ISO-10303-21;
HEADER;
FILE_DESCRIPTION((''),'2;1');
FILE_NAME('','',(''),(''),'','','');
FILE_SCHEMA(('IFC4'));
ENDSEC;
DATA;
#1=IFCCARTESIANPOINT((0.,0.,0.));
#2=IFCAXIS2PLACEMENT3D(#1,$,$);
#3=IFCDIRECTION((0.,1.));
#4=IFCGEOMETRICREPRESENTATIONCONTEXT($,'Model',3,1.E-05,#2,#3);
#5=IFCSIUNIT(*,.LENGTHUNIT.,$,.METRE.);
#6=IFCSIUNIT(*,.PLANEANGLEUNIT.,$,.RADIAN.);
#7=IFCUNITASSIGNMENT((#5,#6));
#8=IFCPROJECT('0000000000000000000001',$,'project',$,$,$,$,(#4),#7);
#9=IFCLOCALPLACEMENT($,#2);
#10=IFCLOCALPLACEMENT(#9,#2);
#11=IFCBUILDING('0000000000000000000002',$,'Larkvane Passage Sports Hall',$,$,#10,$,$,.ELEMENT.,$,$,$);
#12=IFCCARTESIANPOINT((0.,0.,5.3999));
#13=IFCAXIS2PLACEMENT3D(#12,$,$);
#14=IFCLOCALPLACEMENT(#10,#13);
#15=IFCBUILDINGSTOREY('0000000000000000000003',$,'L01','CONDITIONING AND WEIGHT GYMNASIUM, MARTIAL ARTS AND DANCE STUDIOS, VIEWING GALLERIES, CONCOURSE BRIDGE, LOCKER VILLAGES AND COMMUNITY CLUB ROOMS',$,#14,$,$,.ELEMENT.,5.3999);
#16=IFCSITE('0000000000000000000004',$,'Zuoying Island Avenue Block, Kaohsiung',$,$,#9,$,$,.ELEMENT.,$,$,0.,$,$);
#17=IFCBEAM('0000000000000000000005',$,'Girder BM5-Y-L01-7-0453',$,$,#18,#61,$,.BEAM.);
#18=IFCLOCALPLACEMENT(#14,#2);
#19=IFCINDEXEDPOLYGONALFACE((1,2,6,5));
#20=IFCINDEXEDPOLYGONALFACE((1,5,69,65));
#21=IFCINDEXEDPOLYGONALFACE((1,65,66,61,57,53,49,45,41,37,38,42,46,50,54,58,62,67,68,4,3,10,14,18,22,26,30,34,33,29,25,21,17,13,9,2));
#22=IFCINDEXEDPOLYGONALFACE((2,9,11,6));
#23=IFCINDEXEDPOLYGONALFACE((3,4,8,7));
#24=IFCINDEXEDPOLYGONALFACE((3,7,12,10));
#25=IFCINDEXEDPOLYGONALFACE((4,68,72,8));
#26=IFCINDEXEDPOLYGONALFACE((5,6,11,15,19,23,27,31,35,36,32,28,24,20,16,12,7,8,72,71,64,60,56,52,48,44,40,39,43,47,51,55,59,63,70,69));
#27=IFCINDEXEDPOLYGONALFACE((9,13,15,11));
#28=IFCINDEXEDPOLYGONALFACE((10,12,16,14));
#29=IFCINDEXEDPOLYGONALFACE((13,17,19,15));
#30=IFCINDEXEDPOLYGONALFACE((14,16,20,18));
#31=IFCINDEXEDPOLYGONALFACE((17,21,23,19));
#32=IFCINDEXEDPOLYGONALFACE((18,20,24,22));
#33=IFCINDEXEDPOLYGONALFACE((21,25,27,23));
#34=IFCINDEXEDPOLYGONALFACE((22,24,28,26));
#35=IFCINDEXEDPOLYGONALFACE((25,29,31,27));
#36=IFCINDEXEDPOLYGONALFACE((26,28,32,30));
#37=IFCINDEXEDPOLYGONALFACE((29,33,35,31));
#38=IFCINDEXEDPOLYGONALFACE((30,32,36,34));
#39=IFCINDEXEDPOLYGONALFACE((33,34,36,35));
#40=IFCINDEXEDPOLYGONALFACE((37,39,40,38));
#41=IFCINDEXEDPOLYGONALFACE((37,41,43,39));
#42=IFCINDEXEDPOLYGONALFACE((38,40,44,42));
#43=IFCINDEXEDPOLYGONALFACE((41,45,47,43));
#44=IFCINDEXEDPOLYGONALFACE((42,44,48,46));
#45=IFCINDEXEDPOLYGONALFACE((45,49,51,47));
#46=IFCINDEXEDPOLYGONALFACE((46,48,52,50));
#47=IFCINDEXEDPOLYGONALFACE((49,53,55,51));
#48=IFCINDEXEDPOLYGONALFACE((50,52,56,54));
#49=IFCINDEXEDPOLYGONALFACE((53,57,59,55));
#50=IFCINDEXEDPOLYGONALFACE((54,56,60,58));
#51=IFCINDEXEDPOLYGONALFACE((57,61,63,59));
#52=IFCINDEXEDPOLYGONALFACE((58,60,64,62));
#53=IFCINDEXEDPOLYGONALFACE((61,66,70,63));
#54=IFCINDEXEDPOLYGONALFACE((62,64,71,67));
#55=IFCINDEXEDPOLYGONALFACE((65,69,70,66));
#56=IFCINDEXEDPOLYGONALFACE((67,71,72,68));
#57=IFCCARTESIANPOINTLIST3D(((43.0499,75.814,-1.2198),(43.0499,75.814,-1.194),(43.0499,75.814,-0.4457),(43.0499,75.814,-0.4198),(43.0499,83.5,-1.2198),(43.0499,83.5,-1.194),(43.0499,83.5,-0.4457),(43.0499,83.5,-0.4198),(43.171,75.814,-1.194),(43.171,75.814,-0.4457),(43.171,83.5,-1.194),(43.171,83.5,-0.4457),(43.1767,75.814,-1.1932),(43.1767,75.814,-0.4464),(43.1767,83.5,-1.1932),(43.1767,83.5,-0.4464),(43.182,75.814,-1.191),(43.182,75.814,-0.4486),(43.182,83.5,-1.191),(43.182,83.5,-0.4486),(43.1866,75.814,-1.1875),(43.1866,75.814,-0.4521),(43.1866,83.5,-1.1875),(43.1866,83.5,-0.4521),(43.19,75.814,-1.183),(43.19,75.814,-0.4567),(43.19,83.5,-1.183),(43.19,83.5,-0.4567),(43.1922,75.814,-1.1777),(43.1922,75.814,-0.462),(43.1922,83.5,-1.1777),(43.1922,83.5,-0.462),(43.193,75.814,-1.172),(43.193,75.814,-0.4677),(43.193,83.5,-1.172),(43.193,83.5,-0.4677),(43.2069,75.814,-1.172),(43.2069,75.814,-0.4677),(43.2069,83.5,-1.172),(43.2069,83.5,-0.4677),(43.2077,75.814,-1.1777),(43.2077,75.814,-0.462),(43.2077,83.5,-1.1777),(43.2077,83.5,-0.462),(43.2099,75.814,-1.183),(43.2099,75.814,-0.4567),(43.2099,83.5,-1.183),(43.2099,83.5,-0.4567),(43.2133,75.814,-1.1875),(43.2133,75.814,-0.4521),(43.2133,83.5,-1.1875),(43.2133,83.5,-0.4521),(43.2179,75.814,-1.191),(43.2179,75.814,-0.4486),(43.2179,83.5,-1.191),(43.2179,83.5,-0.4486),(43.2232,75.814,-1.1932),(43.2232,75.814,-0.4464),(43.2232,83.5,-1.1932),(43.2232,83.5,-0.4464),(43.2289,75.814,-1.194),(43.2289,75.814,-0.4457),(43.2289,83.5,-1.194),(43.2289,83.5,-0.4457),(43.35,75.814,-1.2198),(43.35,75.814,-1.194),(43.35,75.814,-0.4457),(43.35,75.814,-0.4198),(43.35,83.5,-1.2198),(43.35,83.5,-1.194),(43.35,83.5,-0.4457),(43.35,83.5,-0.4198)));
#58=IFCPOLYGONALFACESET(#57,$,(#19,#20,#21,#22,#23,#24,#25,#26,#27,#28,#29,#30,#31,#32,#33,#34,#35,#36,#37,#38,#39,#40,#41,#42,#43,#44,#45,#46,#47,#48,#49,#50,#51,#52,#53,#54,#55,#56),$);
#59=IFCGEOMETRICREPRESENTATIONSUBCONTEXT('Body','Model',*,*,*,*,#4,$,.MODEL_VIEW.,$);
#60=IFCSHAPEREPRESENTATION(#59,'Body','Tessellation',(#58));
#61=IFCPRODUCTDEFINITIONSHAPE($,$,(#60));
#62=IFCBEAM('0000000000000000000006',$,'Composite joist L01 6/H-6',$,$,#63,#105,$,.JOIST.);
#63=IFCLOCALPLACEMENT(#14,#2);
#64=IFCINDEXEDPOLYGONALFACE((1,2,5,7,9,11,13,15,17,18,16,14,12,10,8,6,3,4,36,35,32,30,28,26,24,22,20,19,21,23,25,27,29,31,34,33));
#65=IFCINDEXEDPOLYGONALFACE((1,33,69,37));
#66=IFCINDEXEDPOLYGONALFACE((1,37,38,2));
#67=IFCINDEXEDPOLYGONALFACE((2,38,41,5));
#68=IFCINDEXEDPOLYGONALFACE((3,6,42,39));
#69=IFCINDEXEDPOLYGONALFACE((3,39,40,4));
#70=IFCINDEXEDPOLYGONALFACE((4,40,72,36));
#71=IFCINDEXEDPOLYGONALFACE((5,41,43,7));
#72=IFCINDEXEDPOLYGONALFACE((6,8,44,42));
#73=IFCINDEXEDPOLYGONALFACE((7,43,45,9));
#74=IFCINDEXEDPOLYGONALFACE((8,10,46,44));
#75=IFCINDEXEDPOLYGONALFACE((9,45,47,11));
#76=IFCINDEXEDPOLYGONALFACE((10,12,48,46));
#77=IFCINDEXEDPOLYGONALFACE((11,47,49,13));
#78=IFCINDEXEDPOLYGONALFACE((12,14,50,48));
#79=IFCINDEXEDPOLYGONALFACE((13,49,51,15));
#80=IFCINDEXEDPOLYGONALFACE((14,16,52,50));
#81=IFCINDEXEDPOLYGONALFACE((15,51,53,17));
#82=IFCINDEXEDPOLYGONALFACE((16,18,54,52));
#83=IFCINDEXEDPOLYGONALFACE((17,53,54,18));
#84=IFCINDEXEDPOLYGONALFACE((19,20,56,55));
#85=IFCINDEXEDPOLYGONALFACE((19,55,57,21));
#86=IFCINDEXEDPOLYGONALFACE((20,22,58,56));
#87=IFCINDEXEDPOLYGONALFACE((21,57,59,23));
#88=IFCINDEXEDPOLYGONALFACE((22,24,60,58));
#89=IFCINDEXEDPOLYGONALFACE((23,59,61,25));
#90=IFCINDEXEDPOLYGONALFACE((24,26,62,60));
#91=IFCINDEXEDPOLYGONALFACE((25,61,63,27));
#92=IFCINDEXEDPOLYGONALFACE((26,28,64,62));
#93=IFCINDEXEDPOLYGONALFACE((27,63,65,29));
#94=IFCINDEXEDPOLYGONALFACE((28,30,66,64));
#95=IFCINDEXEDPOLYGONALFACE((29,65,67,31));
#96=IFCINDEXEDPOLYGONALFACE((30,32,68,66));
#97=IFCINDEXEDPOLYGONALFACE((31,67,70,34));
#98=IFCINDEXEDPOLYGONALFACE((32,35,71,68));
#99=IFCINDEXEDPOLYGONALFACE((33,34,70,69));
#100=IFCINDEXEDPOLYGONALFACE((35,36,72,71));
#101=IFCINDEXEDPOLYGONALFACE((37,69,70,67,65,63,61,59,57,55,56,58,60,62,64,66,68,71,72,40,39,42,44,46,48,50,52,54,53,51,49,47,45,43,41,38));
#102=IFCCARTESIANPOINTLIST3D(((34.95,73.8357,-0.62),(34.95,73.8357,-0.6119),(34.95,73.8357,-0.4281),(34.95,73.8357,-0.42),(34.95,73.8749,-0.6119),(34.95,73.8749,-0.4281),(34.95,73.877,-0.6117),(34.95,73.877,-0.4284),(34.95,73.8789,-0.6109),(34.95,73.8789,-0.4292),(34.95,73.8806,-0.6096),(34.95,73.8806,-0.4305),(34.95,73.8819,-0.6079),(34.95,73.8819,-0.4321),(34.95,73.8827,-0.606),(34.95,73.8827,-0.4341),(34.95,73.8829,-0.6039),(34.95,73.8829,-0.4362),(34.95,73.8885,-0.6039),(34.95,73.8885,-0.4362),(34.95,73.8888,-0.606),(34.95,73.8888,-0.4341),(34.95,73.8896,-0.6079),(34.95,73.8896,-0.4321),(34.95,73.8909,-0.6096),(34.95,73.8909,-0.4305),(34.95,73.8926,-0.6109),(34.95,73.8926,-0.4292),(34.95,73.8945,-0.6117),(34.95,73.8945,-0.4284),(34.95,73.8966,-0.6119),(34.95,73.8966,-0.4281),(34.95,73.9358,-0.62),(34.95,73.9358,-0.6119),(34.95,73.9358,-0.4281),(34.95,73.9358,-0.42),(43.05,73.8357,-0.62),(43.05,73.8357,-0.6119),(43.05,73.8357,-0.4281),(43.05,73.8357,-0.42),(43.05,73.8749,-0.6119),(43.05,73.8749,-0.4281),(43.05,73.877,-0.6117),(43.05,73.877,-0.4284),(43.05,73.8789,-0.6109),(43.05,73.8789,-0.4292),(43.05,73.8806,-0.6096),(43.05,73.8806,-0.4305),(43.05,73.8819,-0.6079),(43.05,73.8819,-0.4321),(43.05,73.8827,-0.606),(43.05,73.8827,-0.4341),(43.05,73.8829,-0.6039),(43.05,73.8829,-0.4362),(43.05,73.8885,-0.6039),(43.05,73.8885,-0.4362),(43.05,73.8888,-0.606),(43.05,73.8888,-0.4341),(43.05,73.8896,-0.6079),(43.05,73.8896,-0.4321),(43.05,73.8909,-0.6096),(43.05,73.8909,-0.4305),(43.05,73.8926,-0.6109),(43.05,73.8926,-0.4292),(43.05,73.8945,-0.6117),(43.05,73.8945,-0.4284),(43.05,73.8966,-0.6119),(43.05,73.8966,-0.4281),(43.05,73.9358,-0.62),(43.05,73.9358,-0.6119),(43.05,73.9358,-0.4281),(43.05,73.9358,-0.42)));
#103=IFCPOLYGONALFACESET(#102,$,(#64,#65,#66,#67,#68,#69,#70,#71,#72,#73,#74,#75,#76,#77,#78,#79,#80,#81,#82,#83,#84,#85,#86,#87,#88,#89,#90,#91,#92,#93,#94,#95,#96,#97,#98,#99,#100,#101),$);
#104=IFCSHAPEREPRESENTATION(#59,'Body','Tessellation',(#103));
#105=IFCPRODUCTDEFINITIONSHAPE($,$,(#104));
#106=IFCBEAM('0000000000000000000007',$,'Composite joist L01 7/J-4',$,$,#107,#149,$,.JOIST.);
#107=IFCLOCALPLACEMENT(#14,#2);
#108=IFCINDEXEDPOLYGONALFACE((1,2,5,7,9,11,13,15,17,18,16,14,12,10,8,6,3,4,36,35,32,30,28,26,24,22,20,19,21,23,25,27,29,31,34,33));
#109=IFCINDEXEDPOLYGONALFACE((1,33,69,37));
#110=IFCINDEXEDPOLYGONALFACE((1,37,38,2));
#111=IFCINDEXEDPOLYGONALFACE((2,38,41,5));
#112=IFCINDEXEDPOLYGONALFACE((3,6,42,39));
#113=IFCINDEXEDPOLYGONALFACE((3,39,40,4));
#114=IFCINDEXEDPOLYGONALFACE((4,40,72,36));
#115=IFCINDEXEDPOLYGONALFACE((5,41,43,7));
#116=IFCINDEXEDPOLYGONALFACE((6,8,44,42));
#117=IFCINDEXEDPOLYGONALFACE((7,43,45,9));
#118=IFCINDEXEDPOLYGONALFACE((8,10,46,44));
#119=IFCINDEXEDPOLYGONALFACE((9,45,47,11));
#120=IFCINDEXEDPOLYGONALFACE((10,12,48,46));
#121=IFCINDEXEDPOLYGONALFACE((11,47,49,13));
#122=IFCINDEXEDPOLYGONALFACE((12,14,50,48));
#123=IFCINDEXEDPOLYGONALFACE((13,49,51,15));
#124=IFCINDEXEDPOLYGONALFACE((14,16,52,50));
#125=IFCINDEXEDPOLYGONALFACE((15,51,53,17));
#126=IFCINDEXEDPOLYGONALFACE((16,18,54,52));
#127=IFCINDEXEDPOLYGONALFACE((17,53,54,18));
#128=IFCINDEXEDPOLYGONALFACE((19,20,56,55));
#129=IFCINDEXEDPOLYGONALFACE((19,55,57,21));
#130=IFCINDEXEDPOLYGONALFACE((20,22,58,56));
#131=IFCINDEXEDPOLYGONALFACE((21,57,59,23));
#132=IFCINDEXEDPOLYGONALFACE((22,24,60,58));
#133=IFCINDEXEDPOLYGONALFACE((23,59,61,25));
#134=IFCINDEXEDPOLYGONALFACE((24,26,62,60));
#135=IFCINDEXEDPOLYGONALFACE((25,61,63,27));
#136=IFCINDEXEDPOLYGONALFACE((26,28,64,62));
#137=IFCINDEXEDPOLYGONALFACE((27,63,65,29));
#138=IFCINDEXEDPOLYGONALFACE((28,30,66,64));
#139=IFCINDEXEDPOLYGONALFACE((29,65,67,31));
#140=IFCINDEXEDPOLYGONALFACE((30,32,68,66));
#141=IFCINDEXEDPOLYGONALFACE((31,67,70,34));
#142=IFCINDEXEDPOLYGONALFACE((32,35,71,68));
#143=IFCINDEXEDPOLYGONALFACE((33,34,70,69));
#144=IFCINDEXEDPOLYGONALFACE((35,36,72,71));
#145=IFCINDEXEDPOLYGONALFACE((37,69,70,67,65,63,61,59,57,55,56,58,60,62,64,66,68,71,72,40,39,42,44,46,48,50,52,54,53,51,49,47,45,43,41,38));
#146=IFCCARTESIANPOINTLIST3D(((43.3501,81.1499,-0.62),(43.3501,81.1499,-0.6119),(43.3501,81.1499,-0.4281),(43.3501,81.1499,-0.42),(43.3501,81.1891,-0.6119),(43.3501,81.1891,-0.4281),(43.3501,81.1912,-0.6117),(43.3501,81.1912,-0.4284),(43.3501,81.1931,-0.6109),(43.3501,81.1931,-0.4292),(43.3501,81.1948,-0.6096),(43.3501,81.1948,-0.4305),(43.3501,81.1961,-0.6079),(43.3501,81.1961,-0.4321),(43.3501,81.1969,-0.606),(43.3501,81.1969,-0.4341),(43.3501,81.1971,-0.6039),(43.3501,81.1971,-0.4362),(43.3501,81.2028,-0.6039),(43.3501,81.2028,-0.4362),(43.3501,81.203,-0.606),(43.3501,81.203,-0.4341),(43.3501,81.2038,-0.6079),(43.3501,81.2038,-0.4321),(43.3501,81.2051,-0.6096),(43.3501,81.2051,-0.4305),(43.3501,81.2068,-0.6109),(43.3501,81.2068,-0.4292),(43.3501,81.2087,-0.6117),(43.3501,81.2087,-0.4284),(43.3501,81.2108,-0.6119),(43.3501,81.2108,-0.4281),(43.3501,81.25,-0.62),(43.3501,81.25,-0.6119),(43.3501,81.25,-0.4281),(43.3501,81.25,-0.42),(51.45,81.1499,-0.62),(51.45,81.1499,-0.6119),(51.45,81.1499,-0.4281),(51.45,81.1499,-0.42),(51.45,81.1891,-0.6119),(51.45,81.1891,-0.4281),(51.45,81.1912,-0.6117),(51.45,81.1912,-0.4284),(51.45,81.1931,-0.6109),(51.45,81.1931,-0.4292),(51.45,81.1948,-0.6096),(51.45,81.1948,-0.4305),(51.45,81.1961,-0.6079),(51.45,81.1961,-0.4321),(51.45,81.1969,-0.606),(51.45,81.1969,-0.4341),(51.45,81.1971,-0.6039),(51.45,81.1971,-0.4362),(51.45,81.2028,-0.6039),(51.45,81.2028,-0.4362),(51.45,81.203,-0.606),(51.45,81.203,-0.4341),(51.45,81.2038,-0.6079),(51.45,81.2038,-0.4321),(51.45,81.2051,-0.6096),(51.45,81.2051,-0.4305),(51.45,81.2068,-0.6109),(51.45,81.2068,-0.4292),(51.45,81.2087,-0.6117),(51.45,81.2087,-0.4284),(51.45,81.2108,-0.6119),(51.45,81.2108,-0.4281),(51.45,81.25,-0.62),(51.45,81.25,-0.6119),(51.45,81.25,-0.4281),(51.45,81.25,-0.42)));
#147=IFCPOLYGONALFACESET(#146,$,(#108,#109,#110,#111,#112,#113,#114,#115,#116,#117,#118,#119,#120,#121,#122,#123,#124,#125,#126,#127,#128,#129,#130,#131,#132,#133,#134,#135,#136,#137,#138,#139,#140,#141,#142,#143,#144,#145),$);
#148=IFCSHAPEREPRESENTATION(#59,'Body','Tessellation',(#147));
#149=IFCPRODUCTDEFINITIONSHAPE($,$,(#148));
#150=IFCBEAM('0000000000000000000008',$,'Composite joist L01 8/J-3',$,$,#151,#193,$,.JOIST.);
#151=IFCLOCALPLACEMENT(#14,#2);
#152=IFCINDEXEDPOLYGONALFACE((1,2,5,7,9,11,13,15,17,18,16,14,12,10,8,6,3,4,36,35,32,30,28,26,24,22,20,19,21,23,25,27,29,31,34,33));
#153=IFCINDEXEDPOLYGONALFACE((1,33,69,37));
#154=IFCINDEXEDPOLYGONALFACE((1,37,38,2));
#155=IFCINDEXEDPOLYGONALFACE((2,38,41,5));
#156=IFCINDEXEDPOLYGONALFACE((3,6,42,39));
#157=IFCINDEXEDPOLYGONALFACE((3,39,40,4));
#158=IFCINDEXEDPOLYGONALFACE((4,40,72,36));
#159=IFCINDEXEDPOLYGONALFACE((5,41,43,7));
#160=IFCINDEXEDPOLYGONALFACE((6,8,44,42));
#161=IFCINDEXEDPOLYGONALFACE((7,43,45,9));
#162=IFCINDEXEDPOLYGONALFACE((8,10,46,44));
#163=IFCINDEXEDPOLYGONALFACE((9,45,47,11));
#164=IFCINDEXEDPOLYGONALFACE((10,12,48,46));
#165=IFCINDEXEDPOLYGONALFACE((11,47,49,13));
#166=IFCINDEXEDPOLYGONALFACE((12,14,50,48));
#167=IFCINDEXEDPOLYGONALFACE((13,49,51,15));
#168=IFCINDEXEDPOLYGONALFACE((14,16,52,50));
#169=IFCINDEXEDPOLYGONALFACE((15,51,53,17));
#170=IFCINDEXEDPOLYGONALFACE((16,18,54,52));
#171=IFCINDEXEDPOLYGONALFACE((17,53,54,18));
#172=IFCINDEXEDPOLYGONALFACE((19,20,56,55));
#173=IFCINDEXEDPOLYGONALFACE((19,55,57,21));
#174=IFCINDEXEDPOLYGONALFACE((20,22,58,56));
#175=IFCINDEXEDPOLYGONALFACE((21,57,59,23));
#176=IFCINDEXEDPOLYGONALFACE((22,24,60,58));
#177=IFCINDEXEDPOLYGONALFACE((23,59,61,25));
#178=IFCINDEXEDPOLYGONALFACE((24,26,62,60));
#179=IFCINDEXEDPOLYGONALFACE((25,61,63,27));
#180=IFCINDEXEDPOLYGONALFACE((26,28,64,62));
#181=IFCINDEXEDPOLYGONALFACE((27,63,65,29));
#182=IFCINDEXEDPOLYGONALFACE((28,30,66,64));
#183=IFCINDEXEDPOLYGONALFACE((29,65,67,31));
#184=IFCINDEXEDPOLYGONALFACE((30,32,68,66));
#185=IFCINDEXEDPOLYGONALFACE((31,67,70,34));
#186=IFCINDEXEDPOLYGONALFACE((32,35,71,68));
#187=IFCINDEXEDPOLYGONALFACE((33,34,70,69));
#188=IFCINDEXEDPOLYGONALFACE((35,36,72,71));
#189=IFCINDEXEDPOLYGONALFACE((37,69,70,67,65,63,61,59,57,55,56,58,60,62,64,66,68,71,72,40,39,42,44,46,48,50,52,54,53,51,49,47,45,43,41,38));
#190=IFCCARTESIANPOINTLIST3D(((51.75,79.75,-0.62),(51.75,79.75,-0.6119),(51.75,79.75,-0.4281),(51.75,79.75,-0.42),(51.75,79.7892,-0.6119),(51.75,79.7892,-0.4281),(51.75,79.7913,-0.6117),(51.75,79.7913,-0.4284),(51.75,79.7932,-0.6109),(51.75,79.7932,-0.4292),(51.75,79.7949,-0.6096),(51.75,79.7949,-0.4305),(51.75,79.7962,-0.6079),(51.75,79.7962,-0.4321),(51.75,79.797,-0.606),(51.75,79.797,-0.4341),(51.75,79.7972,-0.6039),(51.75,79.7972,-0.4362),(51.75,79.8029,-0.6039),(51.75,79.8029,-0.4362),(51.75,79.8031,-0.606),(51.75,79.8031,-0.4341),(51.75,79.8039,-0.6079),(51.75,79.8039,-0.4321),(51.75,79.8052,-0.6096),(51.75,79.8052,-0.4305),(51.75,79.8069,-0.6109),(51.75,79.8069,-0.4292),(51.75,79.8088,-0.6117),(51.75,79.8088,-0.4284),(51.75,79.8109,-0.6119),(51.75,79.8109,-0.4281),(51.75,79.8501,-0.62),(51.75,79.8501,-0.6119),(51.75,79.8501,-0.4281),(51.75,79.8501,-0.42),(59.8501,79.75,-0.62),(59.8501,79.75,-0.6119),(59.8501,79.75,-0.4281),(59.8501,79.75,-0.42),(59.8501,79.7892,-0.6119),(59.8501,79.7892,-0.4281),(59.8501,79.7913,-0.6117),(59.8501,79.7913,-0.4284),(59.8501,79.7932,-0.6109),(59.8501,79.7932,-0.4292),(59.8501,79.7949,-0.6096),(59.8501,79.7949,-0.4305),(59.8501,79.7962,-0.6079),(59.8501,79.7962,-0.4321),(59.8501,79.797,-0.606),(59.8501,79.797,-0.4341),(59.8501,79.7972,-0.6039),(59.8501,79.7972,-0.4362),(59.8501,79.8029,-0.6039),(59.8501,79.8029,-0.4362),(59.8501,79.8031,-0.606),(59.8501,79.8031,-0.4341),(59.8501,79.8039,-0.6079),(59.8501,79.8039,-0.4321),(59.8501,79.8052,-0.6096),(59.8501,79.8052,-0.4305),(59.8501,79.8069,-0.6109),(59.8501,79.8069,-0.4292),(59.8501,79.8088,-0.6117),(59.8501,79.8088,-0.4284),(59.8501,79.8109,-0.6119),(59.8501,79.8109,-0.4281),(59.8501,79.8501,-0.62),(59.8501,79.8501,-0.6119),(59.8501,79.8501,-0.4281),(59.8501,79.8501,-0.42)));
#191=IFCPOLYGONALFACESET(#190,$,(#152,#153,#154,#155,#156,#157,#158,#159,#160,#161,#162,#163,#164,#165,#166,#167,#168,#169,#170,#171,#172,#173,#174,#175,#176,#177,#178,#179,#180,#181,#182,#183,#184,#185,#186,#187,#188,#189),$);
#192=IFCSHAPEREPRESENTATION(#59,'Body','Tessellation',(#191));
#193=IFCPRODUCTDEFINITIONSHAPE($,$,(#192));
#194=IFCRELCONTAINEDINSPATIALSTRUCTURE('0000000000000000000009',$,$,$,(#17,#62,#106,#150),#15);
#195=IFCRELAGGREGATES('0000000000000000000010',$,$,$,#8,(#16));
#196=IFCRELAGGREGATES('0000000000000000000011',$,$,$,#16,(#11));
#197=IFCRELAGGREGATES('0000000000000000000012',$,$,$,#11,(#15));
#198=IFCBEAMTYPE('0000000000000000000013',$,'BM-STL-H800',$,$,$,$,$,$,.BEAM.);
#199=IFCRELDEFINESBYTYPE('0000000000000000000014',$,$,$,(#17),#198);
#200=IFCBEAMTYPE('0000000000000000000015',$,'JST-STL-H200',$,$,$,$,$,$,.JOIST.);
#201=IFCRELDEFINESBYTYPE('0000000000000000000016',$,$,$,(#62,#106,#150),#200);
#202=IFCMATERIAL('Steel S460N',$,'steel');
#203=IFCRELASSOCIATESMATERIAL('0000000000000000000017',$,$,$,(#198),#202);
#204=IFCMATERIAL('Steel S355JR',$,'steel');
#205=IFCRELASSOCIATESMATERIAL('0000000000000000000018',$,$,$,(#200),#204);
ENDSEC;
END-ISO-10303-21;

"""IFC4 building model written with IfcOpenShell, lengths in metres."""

from ifc_helpers import new_model, si_unit, direction, frame, origin, origin_2d, place, context, subcontext, project, spatial, i_section, extrude, material, material_profile, profile_set, type_object, element, save


model = new_model("IFC4")

# Units and contexts
model_context = context("Model", 3, precision=1e-05, world=origin(), true_north=direction((0.0, 1.0)))
body_context = subcontext(model_context, "Body", "Model", "MODEL_VIEW")
ifc_project = project(units=[si_unit("LENGTHUNIT", "METRE"), si_unit("PLANEANGLEUNIT", "RADIAN")], contexts=[model_context])

# Site, building, storey
site_placement = place(None, origin())
site = spatial("IfcSite", under=ifc_project, at=site_placement, Name="Zuoying Island Avenue Block, Kaohsiung", CompositionType="ELEMENT", RefElevation=0.0)
building_placement = place(site_placement, origin())
building = spatial("IfcBuilding", under=site, at=building_placement, Name="Larkvane Passage Sports Hall", CompositionType="ELEMENT")
storey_placement = place(building_placement, frame((0.0, 0.0, 5.3999)))
storey = spatial("IfcBuildingStorey", under=building, at=storey_placement, Name="L01", Description="CONDITIONING AND WEIGHT GYMNASIUM, MARTIAL ARTS AND DANCE STUDIOS, VIEWING GALLERIES, CONCOURSE BRIDGE, LOCKER VILLAGES AND COMMUNITY CLUB ROOMS", CompositionType="ELEMENT", Elevation=5.3999)

# Shared definitions
ifc_material_1 = material(Name="Steel S355JR", Category="steel")
ifc_material_2 = material(Name="Steel S460N", Category="steel")

# Beams
ifc_material_profile_1 = material_profile(ifc_material_2, i_section(OverallWidth=0.3, OverallDepth=0.8, WebThickness=0.0139, FlangeThickness=0.0259, FilletRadius=0.022, at=origin_2d()), Name="H-800x300x14x26")
ifc_profile_set_1 = profile_set([ifc_material_profile_1], Name="Steel S460N")
beam_type_1 = type_object("IfcBeamType", Name="BM-STL-H800", PredefinedType="BEAM", material=ifc_profile_set_1)
beam_1_placement = place(storey_placement, frame((43.2, 75.814, -0.8198), z_axis=(0.0, 1.0, 0.0), x_axis=(-1.0, 0.0, 0.0)))
element("IfcBeam", 1, at=beam_1_placement, inside=storey, type_object=beam_type_1, Name="Girder BM5-Y-L01-7-0453", PredefinedType="BEAM", context=body_context, shape_type="SweptSolid", body=[
    extrude(i_section(OverallWidth=0.3, OverallDepth=0.8, WebThickness=0.0139, FlangeThickness=0.0259, FilletRadius=0.022, at=origin_2d()), origin(), (0.0, 0.0, 1.0), 7.686),
])
ifc_material_profile_2 = material_profile(ifc_material_1, i_section(OverallWidth=0.1001, OverallDepth=0.2, WebThickness=0.0056, FlangeThickness=0.0081, FilletRadius=0.0081, at=origin_2d()), Name="H-200x100x5.5x8")
ifc_profile_set_2 = profile_set([ifc_material_profile_2], Name="Steel S355JR")
beam_type_2 = type_object("IfcBeamType", Name="JST-STL-H200", PredefinedType="JOIST", material=ifc_profile_set_2)
beam_2_placement = place(storey_placement, frame((34.95, 73.8857, -0.52), z_axis=(1.0, 0.0, 0.0), x_axis=(0.0, 1.0, 0.0)))
element("IfcBeam", 2, at=beam_2_placement, inside=storey, type_object=beam_type_2, Name="Composite joist L01 6/H-6", PredefinedType="JOIST", context=body_context, shape_type="SweptSolid", body=[
    extrude(i_section(OverallWidth=0.1001, OverallDepth=0.2, WebThickness=0.0056, FlangeThickness=0.0081, FilletRadius=0.0081, at=origin_2d()), origin(), (0.0, 0.0, 1.0), 8.1001),
])
beam_3_placement = place(storey_placement, frame((43.3501, 81.2, -0.52), z_axis=(1.0, 0.0, 0.0), x_axis=(0.0, 1.0, 0.0)))
element("IfcBeam", 3, at=beam_3_placement, inside=storey, type_object=beam_type_2, Name="Composite joist L01 7/J-4", PredefinedType="JOIST", context=body_context, shape_type="SweptSolid", body=[
    extrude(i_section(OverallWidth=0.1001, OverallDepth=0.2, WebThickness=0.0056, FlangeThickness=0.0081, FilletRadius=0.0081, at=origin_2d()), origin(), (0.0, 0.0, 1.0), 8.0999),
])
beam_4_placement = place(storey_placement, frame((51.75, 79.8, -0.52), z_axis=(1.0, 0.0, 0.0), x_axis=(0.0, 1.0, 0.0)))
element("IfcBeam", 4, at=beam_4_placement, inside=storey, type_object=beam_type_2, Name="Composite joist L01 8/J-3", PredefinedType="JOIST", context=body_context, shape_type="SweptSolid", body=[
    extrude(i_section(OverallWidth=0.1001, OverallDepth=0.2, WebThickness=0.0056, FlangeThickness=0.0081, FilletRadius=0.0081, at=origin_2d()), origin(), (0.0, 0.0, 1.0), 8.1001),
])

save(model, "model.ifc")
